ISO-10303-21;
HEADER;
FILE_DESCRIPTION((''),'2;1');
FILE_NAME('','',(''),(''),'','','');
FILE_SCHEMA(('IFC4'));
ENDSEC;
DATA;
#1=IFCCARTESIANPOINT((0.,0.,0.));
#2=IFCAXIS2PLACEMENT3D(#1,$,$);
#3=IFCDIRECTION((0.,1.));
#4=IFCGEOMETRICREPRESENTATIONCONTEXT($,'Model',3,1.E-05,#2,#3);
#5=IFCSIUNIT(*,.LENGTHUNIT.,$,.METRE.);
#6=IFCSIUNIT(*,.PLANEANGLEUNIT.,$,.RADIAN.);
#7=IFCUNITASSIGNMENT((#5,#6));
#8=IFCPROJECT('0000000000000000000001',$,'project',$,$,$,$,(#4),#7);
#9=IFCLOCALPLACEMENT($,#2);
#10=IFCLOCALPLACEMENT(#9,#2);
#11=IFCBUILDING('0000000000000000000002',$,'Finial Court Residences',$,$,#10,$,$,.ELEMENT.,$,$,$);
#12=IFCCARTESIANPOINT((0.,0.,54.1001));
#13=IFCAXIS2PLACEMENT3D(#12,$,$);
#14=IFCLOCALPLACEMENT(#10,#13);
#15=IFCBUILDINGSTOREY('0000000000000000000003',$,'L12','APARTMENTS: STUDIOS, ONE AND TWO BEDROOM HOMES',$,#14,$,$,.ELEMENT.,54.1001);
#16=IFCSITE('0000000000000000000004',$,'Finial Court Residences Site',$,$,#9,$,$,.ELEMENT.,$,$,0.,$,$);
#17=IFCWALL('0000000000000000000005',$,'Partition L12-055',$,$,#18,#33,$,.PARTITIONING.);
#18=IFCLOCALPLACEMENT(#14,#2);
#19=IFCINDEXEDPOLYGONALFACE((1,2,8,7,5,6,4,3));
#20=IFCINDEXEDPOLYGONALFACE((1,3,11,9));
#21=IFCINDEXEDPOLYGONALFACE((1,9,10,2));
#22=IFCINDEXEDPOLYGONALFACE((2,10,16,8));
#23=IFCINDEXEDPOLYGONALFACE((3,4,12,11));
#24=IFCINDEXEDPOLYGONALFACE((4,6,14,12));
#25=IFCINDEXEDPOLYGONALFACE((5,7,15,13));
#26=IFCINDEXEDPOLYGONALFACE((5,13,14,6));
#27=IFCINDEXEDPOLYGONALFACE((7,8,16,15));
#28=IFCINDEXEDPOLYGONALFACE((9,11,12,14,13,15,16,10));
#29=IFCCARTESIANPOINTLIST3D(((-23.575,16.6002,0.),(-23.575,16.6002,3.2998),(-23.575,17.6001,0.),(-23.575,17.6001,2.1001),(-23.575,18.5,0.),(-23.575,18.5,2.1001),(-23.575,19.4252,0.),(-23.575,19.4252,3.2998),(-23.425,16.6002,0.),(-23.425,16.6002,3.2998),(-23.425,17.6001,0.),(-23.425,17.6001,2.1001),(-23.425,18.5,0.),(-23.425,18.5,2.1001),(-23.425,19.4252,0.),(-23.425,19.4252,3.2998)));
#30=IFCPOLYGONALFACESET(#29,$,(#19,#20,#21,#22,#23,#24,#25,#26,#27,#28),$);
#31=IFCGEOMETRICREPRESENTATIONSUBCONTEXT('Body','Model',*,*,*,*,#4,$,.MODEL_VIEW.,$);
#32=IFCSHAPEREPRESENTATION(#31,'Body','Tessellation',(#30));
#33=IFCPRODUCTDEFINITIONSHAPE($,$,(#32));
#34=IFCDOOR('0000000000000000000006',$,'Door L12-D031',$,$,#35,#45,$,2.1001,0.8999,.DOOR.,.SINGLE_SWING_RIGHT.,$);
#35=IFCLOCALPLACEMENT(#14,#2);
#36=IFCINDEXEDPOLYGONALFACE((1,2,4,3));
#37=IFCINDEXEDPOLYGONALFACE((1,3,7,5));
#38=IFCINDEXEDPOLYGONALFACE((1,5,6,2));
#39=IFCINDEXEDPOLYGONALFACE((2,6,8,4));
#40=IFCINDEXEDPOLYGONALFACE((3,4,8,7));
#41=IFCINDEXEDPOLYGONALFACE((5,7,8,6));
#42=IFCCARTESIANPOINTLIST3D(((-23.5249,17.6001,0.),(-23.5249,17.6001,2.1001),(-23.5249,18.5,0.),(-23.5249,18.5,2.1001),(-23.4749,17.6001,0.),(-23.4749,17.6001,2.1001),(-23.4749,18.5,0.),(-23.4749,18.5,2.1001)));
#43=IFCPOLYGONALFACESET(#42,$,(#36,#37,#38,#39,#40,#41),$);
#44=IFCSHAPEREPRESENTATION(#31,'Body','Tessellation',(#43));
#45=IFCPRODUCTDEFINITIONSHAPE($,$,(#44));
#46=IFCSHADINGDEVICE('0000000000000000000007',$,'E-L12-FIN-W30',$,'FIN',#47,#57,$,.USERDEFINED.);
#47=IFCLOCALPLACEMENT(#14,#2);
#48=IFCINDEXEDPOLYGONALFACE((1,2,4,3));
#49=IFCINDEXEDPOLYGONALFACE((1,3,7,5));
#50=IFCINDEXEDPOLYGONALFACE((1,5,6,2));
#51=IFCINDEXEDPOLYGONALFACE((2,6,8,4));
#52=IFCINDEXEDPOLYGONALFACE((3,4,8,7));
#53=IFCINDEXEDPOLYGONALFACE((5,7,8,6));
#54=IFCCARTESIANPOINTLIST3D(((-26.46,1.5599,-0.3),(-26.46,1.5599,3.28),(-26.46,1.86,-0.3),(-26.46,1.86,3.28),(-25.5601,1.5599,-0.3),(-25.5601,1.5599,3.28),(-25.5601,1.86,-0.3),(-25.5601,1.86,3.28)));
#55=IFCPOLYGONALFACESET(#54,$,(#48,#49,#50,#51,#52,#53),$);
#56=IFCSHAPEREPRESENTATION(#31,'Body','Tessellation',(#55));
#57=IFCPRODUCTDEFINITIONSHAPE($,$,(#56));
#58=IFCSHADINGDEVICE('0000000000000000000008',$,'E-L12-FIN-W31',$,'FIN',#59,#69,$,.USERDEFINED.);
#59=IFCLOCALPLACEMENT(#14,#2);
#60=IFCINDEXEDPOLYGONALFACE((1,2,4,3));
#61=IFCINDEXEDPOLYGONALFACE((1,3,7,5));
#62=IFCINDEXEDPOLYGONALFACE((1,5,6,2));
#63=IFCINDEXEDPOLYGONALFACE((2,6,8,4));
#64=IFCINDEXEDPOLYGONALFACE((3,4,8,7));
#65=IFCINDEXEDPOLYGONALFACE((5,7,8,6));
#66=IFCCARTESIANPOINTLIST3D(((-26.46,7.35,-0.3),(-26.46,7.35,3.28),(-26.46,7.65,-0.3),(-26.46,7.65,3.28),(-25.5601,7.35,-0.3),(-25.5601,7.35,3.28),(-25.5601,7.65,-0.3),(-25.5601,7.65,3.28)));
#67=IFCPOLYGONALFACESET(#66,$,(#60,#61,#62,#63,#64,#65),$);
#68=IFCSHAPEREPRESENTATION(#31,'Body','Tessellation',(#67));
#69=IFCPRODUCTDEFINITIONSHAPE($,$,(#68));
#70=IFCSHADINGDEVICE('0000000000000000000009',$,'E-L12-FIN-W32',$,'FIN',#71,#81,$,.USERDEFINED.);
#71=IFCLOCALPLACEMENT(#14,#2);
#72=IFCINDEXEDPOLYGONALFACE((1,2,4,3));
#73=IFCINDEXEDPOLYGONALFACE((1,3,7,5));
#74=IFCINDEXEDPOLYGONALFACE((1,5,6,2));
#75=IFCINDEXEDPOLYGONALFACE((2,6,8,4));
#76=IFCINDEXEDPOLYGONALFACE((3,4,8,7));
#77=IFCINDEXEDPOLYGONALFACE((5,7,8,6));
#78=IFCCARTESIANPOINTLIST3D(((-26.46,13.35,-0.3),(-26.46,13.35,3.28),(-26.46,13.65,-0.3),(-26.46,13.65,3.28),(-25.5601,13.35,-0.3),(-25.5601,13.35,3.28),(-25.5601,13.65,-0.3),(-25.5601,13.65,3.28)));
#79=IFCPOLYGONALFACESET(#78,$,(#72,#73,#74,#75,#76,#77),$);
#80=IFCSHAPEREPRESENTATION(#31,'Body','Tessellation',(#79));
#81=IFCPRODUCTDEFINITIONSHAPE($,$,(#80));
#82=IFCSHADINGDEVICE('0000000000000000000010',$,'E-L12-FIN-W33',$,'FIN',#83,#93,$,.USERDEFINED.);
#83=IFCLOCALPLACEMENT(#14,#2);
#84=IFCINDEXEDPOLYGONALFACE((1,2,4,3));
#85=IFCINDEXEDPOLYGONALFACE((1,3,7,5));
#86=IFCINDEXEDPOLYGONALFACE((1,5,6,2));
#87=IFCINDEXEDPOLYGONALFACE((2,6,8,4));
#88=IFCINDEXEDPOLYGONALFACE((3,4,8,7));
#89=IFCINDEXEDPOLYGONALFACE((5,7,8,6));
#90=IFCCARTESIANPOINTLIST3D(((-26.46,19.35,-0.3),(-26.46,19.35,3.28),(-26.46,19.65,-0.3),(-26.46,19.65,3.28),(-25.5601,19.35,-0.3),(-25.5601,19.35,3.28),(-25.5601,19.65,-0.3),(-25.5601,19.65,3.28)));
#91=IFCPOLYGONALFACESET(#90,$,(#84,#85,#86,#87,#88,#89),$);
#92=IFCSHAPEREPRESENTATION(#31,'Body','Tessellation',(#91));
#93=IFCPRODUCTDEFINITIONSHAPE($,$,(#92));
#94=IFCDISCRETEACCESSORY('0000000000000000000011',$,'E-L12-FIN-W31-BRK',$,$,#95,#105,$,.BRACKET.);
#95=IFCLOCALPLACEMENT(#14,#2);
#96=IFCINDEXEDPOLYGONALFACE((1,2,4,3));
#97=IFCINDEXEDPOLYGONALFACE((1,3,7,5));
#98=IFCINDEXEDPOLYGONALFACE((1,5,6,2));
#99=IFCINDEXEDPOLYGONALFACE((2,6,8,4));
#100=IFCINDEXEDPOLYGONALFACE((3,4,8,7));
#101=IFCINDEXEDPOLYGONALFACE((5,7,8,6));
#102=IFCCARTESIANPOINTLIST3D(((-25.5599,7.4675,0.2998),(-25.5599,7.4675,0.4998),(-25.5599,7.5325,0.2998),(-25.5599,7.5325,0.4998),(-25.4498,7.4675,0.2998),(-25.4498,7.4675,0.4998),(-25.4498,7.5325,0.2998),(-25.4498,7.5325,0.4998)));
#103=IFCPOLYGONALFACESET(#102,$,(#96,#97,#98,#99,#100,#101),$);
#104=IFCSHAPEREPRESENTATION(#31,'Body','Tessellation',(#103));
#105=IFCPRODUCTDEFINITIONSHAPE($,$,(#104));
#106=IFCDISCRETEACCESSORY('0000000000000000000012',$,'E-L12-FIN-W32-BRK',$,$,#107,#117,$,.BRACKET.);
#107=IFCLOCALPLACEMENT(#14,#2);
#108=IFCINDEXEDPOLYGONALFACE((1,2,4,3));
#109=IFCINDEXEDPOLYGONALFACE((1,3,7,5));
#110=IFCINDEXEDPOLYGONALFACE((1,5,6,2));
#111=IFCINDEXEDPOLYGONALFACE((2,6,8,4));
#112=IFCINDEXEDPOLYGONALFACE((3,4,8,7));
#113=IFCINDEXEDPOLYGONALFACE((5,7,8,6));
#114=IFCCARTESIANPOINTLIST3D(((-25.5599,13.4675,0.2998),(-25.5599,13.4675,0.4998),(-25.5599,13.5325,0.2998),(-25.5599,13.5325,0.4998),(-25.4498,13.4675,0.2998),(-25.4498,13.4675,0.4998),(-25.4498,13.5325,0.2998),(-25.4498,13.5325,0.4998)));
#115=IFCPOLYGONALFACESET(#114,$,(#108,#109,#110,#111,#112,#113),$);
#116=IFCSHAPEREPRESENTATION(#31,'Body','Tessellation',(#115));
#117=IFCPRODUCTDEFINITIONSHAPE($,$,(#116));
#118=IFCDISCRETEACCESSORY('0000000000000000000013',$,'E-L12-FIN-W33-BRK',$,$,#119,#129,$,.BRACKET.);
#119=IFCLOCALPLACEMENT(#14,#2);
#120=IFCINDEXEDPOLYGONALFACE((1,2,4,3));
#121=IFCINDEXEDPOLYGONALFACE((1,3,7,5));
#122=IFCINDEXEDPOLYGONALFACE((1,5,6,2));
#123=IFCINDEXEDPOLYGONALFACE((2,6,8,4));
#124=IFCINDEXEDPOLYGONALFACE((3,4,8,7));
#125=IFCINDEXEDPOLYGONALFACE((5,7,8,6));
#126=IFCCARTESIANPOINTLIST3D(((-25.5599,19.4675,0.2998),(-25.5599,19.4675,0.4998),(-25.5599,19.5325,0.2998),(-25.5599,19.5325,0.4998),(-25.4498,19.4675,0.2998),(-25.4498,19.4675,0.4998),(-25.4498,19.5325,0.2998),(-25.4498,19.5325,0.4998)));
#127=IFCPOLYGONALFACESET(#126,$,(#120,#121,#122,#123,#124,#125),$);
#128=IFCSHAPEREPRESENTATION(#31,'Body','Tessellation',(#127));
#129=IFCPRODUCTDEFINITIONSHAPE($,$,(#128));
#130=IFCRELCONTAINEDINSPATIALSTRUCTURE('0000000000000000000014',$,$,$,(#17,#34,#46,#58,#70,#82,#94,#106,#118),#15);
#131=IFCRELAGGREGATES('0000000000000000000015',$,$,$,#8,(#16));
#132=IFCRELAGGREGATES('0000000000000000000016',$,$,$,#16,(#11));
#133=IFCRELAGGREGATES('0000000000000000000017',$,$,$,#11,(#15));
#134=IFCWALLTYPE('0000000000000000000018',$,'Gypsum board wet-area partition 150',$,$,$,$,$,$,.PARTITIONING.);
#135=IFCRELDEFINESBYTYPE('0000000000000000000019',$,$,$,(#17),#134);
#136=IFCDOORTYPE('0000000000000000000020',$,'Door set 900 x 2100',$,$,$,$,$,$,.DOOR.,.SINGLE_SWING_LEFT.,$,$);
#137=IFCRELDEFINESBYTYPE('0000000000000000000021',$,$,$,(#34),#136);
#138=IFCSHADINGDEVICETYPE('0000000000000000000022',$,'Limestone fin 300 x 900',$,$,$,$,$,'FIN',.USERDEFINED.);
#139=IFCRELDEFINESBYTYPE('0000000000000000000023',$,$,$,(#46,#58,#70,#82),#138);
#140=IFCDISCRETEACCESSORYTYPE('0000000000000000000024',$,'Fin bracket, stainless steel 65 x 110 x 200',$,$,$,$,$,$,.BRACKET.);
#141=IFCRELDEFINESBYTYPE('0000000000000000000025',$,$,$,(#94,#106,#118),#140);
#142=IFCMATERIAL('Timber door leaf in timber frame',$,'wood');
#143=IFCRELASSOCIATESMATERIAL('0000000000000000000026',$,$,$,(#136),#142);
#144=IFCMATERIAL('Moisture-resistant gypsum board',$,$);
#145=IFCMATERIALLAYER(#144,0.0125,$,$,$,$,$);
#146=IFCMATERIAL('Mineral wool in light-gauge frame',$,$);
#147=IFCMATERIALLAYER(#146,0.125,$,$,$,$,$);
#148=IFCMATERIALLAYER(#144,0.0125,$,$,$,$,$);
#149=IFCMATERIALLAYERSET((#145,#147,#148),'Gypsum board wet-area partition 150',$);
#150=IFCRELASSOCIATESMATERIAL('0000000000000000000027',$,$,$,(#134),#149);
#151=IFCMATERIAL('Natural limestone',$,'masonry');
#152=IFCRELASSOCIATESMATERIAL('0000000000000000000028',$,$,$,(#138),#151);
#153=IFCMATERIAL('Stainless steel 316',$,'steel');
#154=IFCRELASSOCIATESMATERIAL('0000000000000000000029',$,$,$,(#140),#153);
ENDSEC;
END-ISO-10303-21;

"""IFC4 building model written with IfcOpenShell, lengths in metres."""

from ifc_helpers import new_model, si_unit, direction, frame, frame_2d, origin, origin_2d, place, context, subcontext, project, spatial, rectangle, extrude, material, layer, layer_set, type_object, element, fill, save


model = new_model("IFC4")

# Units and contexts
model_context = context("Model", 3, precision=1e-05, world=origin(), true_north=direction((0.0, 1.0)))
body_context = subcontext(model_context, "Body", "Model", "MODEL_VIEW")
ifc_project = project(units=[si_unit("LENGTHUNIT", "METRE"), si_unit("PLANEANGLEUNIT", "RADIAN")], contexts=[model_context])

# Site, building, storey
site_placement = place(None, origin())
site = spatial("IfcSite", under=ifc_project, at=site_placement, Name="Finial Court Residences Site", CompositionType="ELEMENT", RefElevation=0.0)
building_placement = place(site_placement, origin())
building = spatial("IfcBuilding", under=site, at=building_placement, Name="Finial Court Residences", CompositionType="ELEMENT")
storey_placement = place(building_placement, frame((0.0, 0.0, 54.1001)))
storey = spatial("IfcBuildingStorey", under=building, at=storey_placement, Name="L12", Description="APARTMENTS: STUDIOS, ONE AND TWO BEDROOM HOMES", CompositionType="ELEMENT", Elevation=54.1001)

# Shared definitions
ifc_material_1 = material(Name="Mineral wool in light-gauge frame")
ifc_material_2 = material(Name="Timber door leaf in timber frame", Category="wood")
door_type_1 = type_object("IfcDoorType", Name="Door set 900 x 2100", OperationType="SINGLE_SWING_LEFT", PredefinedType="DOOR", material=ifc_material_2)

# Wall, opening, door
ifc_material_3 = material(Name="Moisture-resistant gypsum board")
ifc_layer_1 = layer(ifc_material_3, 0.0125)
ifc_layer_2 = layer(ifc_material_1, 0.125)
ifc_layer_3 = layer(ifc_material_3, 0.0125)
ifc_layer_set_1 = layer_set([ifc_layer_1, ifc_layer_2, ifc_layer_3], Name="Gypsum board wet-area partition 150")
wall_type_1 = type_object("IfcWallType", Name="Gypsum board wet-area partition 150", PredefinedType="PARTITIONING", material=ifc_layer_set_1)
wall_1_placement = place(storey_placement, frame((-23.5, 16.6001, 0.0), z_axis=(0.0, 0.0, 1.0), x_axis=(0.0, 1.0, 0.0)))
wall_1 = element("IfcWall", 1, at=wall_1_placement, inside=storey, type_object=wall_type_1, Name="Partition L12-055", PredefinedType="PARTITIONING", context=body_context, shape_type="SweptSolid", body=[
    extrude(rectangle(XDim=2.825, YDim=0.1499, at=frame_2d((1.4126, 0.0))), origin(), (0.0, 0.0, 1.0), 3.2998),
])
opening_1_placement = place(wall_1_placement, frame((1.0, 0.0, 0.0)))
opening_1 = element("IfcOpeningElement", 2, at=opening_1_placement, cuts=wall_1, PredefinedType="OPENING", context=body_context, shape_type="SweptSolid", body=[
    extrude(rectangle(XDim=0.8999, YDim=2.1001, at=frame_2d((0.45, 1.05))), frame((0.0, 0.085, 0.0), z_axis=(0.0, -1.0, 0.0), x_axis=(1.0, 0.0, 0.0)), (0.0, 0.0, 1.0), 0.1699),
])
door_1_placement = place(opening_1_placement, origin())
door_1 = element("IfcDoor", 3, at=door_1_placement, inside=storey, type_object=door_type_1, Name="Door L12-D031", OperationType="SINGLE_SWING_RIGHT", OverallHeight=2.1001, OverallWidth=0.8999, PredefinedType="DOOR", context=body_context, shape_type="SweptSolid", body=[
    extrude(rectangle(XDim=0.8999, YDim=2.1001, at=frame_2d((0.45, 1.05))), frame((0.0, 0.0249, 0.0), z_axis=(0.0, -1.0, 0.0), x_axis=(1.0, 0.0, 0.0)), (0.0, 0.0, 1.0), 0.05),
])
fill(opening_1, door_1)

# Shading devices
ifc_material_4 = material(Name="Natural limestone", Category="masonry")
shading_device_type = type_object("IfcShadingDeviceType", Name="Limestone fin 300 x 900", ElementType="FIN", PredefinedType="USERDEFINED", material=ifc_material_4)
for number, where, z_axis, x_axis, name in (
    (4, (-26.01, 1.71, -0.3), (0.0, 0.0, 1.0), (1.0, 0.0, 0.0), "E-L12-FIN-W30"),
    (5, (-26.01, 7.5, -0.3), (0.0, 0.0, 1.0), (1.0, 0.0, 0.0), "E-L12-FIN-W31"),
    (6, (-26.01, 13.5, -0.3), (0.0, 0.0, 1.0), (1.0, 0.0, 0.0), "E-L12-FIN-W32"),
    (7, (-26.01, 19.5, -0.3), (0.0, 0.0, 1.0), (1.0, 0.0, 0.0), "E-L12-FIN-W33"),
):
    element("IfcShadingDevice", number, at=place(storey_placement, frame(where, z_axis=z_axis, x_axis=x_axis)), inside=storey, type_object=shading_device_type, Name=name, ObjectType="FIN", PredefinedType="USERDEFINED", context=body_context, shape_type="SweptSolid", body=[
        extrude(rectangle(XDim=0.8999, YDim=0.3, at=origin_2d()), origin(), (0.0, 0.0, 1.0), 3.5801),
    ])

# Discrete accessories
ifc_material_5 = material(Name="Stainless steel 316", Category="steel")
discrete_accessory_type = type_object("IfcDiscreteAccessoryType", Name="Fin bracket, stainless steel 65 x 110 x 200", PredefinedType="BRACKET", material=ifc_material_5)
for number, where, z_axis, x_axis, name in (
    (8, (-25.5049, 7.5, 0.2998), (0.0, 0.0, 1.0), (1.0, 0.0, 0.0), "E-L12-FIN-W31-BRK"),
    (9, (-25.5049, 13.5, 0.2998), (0.0, 0.0, 1.0), (1.0, 0.0, 0.0), "E-L12-FIN-W32-BRK"),
    (10, (-25.5049, 19.5, 0.2998), (0.0, 0.0, 1.0), (1.0, 0.0, 0.0), "E-L12-FIN-W33-BRK"),
):
    element("IfcDiscreteAccessory", number, at=place(storey_placement, frame(where, z_axis=z_axis, x_axis=x_axis)), inside=storey, type_object=discrete_accessory_type, Name=name, PredefinedType="BRACKET", context=body_context, shape_type="SweptSolid", body=[
        extrude(rectangle(XDim=0.1101, YDim=0.0649, at=origin_2d()), origin(), (0.0, 0.0, 1.0), 0.2),
    ])

save(model, "model.ifc")
